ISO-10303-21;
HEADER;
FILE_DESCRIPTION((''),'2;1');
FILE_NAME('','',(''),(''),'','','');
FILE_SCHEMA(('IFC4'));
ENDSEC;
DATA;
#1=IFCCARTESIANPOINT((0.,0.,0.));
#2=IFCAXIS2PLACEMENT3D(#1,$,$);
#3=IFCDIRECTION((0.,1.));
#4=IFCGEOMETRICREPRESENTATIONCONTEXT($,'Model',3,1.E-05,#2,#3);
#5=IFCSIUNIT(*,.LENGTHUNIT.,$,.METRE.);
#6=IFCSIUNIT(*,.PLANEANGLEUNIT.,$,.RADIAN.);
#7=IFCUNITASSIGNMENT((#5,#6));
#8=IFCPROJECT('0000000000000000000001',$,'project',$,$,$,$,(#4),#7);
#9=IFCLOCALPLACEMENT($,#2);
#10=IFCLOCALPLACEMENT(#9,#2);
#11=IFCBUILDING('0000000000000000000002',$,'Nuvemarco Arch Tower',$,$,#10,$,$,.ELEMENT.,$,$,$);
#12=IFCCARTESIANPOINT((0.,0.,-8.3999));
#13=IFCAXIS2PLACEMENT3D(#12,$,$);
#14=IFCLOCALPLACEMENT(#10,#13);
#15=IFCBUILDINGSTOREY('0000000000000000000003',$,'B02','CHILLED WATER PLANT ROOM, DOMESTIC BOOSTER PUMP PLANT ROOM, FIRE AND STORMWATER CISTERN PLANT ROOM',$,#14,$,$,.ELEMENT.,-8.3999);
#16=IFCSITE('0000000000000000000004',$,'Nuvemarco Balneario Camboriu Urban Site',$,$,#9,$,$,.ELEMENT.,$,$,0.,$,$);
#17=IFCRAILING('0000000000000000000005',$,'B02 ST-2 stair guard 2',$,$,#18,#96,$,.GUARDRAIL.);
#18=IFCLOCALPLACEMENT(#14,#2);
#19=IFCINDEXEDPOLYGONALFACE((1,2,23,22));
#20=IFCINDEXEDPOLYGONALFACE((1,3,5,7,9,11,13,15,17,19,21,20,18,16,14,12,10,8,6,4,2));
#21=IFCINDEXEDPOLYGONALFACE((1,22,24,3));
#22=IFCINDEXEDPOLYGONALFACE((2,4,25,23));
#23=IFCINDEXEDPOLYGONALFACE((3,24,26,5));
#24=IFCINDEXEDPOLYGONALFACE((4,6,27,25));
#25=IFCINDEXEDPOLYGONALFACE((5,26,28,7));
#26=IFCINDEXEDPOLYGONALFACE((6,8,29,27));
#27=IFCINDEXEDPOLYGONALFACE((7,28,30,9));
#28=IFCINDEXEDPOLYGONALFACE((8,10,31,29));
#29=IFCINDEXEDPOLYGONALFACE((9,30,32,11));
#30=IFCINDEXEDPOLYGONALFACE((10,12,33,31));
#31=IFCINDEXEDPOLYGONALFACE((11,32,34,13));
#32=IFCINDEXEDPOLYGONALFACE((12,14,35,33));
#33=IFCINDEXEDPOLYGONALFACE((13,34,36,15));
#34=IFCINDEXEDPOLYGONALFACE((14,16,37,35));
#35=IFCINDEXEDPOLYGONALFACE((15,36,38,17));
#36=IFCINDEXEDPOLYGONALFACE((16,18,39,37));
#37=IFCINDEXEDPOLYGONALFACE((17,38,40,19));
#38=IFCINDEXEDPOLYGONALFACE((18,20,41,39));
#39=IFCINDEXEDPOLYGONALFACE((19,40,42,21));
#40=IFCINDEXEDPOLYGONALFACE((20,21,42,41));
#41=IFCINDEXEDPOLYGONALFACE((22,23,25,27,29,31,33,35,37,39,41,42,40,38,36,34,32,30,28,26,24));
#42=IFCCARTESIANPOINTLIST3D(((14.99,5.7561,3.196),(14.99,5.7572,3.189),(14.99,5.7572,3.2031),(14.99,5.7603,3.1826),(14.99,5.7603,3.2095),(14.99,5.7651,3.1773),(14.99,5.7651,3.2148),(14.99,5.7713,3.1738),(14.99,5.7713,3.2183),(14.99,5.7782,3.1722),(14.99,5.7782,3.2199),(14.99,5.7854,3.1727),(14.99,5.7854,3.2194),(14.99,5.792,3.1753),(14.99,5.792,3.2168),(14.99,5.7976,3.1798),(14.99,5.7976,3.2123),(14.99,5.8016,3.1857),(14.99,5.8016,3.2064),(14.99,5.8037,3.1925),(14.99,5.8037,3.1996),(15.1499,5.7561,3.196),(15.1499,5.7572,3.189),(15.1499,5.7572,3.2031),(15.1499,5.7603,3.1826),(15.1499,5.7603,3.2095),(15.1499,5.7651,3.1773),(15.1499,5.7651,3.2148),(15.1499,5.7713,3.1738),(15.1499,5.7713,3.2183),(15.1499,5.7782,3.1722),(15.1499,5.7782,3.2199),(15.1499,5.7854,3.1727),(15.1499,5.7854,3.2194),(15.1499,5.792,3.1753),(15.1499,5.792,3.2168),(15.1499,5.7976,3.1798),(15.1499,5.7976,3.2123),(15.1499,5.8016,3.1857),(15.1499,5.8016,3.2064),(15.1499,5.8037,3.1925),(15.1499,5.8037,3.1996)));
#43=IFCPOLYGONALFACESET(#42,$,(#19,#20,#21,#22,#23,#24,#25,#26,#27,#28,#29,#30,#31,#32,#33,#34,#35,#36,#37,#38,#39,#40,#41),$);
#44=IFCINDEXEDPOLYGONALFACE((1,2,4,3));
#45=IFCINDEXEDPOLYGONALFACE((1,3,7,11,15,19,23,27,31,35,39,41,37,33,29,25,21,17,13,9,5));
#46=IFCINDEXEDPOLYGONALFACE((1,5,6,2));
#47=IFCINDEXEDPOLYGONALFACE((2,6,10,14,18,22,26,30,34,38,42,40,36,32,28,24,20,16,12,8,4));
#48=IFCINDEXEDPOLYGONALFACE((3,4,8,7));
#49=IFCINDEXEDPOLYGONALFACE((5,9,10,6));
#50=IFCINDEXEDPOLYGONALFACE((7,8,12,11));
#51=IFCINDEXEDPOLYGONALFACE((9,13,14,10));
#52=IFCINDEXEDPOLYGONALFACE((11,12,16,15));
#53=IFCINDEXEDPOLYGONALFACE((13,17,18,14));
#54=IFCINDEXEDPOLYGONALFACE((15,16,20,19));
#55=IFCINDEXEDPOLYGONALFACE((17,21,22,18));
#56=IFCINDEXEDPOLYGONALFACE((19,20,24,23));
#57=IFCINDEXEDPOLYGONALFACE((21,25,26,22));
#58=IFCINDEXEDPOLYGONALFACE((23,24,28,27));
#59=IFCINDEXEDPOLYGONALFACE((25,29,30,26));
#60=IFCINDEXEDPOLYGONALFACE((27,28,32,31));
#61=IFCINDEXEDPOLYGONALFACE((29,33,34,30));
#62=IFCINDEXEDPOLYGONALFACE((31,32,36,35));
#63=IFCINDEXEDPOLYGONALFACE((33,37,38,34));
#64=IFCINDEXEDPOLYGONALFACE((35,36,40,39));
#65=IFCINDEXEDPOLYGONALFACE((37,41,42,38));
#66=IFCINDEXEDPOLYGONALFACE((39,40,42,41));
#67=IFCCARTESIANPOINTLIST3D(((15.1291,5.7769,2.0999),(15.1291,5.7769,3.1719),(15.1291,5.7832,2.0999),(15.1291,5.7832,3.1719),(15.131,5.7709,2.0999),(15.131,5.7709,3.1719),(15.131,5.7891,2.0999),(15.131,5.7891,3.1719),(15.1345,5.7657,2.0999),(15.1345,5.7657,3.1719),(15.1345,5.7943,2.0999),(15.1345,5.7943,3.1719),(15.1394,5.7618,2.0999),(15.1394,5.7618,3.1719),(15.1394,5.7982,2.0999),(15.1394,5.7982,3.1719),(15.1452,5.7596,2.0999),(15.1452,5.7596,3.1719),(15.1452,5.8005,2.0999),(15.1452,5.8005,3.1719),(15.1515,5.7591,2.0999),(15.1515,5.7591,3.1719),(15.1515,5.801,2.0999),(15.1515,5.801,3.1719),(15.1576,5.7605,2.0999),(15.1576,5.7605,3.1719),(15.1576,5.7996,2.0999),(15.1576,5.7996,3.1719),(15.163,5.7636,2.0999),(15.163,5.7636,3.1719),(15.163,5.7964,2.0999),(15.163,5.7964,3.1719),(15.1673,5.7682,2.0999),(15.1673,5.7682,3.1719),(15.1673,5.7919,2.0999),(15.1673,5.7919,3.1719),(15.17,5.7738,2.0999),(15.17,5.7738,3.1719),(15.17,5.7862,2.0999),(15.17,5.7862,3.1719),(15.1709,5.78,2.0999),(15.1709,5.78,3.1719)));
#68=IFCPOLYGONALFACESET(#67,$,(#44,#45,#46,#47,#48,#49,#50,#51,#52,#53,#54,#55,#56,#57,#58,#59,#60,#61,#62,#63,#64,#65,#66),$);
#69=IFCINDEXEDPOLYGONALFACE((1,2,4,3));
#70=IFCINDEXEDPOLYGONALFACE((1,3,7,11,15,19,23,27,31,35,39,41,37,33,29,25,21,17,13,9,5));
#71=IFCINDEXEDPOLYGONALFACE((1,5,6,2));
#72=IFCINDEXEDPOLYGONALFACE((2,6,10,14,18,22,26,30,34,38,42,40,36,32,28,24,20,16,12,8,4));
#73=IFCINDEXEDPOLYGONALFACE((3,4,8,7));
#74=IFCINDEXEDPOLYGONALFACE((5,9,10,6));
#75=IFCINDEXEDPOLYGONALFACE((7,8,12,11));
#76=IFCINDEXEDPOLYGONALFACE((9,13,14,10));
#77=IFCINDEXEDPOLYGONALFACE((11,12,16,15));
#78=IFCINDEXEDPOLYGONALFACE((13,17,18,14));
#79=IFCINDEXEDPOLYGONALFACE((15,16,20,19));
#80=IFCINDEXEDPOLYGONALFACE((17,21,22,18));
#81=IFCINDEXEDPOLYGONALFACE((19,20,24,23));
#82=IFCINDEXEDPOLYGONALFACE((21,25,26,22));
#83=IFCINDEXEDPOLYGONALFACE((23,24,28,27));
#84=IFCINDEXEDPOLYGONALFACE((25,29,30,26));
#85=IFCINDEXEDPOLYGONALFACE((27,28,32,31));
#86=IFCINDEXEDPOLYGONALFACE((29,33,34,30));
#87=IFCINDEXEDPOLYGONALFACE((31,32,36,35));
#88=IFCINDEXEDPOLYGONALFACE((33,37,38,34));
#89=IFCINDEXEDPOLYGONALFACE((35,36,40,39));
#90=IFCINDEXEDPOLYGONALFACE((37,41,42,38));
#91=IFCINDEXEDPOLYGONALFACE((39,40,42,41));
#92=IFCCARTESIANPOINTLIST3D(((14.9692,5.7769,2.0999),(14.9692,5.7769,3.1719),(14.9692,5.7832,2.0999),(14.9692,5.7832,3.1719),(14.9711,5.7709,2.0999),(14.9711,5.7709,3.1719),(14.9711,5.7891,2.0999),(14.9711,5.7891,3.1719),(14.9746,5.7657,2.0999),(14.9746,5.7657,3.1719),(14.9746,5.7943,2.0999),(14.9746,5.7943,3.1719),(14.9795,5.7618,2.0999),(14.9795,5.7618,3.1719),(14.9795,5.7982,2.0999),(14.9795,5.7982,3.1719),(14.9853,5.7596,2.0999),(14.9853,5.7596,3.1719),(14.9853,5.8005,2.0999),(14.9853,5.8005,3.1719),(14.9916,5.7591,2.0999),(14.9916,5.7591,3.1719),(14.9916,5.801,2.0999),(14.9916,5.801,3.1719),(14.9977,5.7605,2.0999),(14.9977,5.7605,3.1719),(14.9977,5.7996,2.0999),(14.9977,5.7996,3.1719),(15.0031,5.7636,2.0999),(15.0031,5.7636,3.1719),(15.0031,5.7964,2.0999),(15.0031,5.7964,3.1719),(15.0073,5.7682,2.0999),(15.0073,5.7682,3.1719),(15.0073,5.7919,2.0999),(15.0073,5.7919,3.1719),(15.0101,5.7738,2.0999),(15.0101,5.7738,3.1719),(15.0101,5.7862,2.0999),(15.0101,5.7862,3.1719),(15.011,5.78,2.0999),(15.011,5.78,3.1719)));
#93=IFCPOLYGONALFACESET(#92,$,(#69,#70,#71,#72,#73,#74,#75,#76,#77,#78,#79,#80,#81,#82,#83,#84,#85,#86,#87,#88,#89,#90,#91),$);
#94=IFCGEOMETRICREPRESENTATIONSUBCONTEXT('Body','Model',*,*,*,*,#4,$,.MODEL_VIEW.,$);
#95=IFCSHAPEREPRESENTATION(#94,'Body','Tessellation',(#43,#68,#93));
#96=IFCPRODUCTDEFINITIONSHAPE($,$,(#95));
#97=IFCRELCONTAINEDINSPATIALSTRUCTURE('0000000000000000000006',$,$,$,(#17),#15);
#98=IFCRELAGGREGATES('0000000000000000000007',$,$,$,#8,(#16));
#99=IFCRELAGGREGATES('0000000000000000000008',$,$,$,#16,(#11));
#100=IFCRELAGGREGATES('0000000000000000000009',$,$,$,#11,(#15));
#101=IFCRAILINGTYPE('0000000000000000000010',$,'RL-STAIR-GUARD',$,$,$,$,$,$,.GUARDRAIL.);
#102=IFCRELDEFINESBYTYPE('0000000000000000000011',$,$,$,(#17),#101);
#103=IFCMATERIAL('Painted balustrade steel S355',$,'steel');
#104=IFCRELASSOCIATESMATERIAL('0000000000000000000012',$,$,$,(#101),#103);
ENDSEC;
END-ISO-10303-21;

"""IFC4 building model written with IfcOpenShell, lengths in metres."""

from ifc_helpers import new_model, si_unit, direction, frame, origin, origin_2d, place, context, subcontext, project, spatial, circle, extrude, material, type_object, element, save


model = new_model("IFC4")

# Units and contexts
model_context = context("Model", 3, precision=1e-05, world=origin(), true_north=direction((0.0, 1.0)))
body_context = subcontext(model_context, "Body", "Model", "MODEL_VIEW")
ifc_project = project(units=[si_unit("LENGTHUNIT", "METRE"), si_unit("PLANEANGLEUNIT", "RADIAN")], contexts=[model_context])

# Site, building, storey
site_placement = place(None, origin())
site = spatial("IfcSite", under=ifc_project, at=site_placement, Name="Nuvemarco Balneario Camboriu Urban Site", CompositionType="ELEMENT", RefElevation=0.0)
building_placement = place(site_placement, origin())
building = spatial("IfcBuilding", under=site, at=building_placement, Name="Nuvemarco Arch Tower", CompositionType="ELEMENT")
storey_placement = place(building_placement, frame((0.0, 0.0, -8.3999)))
storey = spatial("IfcBuildingStorey", under=building, at=storey_placement, Name="B02", Description="CHILLED WATER PLANT ROOM, DOMESTIC BOOSTER PUMP PLANT ROOM, FIRE AND STORMWATER CISTERN PLANT ROOM", CompositionType="ELEMENT", Elevation=-8.3999)

# Railing
ifc_material_1 = material(Name="Painted balustrade steel S355", Category="steel")
railing_type_1 = type_object("IfcRailingType", Name="RL-STAIR-GUARD", PredefinedType="GUARDRAIL", material=ifc_material_1)
railing_1_placement = place(storey_placement, frame((15.1499, 5.78, 2.0999)))
element("IfcRailing", 1, at=railing_1_placement, inside=storey, type_object=railing_type_1, Name="B02 ST-2 stair guard 2", PredefinedType="GUARDRAIL", context=body_context, shape_type="SweptSolid", body=[
    extrude(circle(Radius=0.0239, at=origin_2d()), frame((0.0, 0.0, 1.0962), z_axis=(-1.0, 0.0, 0.0), x_axis=(0.0, -1.0, 0.0)), (0.0, 0.0, 1.0), 0.1599),
    extrude(circle(Radius=0.021, at=origin_2d()), origin(), (0.0, 0.0, 1.0), 1.072),
    extrude(circle(Radius=0.021, at=origin_2d()), frame((-0.1599, 0.0, 0.0)), (0.0, 0.0, 1.0), 1.072),
])

save(model, "model.ifc")
